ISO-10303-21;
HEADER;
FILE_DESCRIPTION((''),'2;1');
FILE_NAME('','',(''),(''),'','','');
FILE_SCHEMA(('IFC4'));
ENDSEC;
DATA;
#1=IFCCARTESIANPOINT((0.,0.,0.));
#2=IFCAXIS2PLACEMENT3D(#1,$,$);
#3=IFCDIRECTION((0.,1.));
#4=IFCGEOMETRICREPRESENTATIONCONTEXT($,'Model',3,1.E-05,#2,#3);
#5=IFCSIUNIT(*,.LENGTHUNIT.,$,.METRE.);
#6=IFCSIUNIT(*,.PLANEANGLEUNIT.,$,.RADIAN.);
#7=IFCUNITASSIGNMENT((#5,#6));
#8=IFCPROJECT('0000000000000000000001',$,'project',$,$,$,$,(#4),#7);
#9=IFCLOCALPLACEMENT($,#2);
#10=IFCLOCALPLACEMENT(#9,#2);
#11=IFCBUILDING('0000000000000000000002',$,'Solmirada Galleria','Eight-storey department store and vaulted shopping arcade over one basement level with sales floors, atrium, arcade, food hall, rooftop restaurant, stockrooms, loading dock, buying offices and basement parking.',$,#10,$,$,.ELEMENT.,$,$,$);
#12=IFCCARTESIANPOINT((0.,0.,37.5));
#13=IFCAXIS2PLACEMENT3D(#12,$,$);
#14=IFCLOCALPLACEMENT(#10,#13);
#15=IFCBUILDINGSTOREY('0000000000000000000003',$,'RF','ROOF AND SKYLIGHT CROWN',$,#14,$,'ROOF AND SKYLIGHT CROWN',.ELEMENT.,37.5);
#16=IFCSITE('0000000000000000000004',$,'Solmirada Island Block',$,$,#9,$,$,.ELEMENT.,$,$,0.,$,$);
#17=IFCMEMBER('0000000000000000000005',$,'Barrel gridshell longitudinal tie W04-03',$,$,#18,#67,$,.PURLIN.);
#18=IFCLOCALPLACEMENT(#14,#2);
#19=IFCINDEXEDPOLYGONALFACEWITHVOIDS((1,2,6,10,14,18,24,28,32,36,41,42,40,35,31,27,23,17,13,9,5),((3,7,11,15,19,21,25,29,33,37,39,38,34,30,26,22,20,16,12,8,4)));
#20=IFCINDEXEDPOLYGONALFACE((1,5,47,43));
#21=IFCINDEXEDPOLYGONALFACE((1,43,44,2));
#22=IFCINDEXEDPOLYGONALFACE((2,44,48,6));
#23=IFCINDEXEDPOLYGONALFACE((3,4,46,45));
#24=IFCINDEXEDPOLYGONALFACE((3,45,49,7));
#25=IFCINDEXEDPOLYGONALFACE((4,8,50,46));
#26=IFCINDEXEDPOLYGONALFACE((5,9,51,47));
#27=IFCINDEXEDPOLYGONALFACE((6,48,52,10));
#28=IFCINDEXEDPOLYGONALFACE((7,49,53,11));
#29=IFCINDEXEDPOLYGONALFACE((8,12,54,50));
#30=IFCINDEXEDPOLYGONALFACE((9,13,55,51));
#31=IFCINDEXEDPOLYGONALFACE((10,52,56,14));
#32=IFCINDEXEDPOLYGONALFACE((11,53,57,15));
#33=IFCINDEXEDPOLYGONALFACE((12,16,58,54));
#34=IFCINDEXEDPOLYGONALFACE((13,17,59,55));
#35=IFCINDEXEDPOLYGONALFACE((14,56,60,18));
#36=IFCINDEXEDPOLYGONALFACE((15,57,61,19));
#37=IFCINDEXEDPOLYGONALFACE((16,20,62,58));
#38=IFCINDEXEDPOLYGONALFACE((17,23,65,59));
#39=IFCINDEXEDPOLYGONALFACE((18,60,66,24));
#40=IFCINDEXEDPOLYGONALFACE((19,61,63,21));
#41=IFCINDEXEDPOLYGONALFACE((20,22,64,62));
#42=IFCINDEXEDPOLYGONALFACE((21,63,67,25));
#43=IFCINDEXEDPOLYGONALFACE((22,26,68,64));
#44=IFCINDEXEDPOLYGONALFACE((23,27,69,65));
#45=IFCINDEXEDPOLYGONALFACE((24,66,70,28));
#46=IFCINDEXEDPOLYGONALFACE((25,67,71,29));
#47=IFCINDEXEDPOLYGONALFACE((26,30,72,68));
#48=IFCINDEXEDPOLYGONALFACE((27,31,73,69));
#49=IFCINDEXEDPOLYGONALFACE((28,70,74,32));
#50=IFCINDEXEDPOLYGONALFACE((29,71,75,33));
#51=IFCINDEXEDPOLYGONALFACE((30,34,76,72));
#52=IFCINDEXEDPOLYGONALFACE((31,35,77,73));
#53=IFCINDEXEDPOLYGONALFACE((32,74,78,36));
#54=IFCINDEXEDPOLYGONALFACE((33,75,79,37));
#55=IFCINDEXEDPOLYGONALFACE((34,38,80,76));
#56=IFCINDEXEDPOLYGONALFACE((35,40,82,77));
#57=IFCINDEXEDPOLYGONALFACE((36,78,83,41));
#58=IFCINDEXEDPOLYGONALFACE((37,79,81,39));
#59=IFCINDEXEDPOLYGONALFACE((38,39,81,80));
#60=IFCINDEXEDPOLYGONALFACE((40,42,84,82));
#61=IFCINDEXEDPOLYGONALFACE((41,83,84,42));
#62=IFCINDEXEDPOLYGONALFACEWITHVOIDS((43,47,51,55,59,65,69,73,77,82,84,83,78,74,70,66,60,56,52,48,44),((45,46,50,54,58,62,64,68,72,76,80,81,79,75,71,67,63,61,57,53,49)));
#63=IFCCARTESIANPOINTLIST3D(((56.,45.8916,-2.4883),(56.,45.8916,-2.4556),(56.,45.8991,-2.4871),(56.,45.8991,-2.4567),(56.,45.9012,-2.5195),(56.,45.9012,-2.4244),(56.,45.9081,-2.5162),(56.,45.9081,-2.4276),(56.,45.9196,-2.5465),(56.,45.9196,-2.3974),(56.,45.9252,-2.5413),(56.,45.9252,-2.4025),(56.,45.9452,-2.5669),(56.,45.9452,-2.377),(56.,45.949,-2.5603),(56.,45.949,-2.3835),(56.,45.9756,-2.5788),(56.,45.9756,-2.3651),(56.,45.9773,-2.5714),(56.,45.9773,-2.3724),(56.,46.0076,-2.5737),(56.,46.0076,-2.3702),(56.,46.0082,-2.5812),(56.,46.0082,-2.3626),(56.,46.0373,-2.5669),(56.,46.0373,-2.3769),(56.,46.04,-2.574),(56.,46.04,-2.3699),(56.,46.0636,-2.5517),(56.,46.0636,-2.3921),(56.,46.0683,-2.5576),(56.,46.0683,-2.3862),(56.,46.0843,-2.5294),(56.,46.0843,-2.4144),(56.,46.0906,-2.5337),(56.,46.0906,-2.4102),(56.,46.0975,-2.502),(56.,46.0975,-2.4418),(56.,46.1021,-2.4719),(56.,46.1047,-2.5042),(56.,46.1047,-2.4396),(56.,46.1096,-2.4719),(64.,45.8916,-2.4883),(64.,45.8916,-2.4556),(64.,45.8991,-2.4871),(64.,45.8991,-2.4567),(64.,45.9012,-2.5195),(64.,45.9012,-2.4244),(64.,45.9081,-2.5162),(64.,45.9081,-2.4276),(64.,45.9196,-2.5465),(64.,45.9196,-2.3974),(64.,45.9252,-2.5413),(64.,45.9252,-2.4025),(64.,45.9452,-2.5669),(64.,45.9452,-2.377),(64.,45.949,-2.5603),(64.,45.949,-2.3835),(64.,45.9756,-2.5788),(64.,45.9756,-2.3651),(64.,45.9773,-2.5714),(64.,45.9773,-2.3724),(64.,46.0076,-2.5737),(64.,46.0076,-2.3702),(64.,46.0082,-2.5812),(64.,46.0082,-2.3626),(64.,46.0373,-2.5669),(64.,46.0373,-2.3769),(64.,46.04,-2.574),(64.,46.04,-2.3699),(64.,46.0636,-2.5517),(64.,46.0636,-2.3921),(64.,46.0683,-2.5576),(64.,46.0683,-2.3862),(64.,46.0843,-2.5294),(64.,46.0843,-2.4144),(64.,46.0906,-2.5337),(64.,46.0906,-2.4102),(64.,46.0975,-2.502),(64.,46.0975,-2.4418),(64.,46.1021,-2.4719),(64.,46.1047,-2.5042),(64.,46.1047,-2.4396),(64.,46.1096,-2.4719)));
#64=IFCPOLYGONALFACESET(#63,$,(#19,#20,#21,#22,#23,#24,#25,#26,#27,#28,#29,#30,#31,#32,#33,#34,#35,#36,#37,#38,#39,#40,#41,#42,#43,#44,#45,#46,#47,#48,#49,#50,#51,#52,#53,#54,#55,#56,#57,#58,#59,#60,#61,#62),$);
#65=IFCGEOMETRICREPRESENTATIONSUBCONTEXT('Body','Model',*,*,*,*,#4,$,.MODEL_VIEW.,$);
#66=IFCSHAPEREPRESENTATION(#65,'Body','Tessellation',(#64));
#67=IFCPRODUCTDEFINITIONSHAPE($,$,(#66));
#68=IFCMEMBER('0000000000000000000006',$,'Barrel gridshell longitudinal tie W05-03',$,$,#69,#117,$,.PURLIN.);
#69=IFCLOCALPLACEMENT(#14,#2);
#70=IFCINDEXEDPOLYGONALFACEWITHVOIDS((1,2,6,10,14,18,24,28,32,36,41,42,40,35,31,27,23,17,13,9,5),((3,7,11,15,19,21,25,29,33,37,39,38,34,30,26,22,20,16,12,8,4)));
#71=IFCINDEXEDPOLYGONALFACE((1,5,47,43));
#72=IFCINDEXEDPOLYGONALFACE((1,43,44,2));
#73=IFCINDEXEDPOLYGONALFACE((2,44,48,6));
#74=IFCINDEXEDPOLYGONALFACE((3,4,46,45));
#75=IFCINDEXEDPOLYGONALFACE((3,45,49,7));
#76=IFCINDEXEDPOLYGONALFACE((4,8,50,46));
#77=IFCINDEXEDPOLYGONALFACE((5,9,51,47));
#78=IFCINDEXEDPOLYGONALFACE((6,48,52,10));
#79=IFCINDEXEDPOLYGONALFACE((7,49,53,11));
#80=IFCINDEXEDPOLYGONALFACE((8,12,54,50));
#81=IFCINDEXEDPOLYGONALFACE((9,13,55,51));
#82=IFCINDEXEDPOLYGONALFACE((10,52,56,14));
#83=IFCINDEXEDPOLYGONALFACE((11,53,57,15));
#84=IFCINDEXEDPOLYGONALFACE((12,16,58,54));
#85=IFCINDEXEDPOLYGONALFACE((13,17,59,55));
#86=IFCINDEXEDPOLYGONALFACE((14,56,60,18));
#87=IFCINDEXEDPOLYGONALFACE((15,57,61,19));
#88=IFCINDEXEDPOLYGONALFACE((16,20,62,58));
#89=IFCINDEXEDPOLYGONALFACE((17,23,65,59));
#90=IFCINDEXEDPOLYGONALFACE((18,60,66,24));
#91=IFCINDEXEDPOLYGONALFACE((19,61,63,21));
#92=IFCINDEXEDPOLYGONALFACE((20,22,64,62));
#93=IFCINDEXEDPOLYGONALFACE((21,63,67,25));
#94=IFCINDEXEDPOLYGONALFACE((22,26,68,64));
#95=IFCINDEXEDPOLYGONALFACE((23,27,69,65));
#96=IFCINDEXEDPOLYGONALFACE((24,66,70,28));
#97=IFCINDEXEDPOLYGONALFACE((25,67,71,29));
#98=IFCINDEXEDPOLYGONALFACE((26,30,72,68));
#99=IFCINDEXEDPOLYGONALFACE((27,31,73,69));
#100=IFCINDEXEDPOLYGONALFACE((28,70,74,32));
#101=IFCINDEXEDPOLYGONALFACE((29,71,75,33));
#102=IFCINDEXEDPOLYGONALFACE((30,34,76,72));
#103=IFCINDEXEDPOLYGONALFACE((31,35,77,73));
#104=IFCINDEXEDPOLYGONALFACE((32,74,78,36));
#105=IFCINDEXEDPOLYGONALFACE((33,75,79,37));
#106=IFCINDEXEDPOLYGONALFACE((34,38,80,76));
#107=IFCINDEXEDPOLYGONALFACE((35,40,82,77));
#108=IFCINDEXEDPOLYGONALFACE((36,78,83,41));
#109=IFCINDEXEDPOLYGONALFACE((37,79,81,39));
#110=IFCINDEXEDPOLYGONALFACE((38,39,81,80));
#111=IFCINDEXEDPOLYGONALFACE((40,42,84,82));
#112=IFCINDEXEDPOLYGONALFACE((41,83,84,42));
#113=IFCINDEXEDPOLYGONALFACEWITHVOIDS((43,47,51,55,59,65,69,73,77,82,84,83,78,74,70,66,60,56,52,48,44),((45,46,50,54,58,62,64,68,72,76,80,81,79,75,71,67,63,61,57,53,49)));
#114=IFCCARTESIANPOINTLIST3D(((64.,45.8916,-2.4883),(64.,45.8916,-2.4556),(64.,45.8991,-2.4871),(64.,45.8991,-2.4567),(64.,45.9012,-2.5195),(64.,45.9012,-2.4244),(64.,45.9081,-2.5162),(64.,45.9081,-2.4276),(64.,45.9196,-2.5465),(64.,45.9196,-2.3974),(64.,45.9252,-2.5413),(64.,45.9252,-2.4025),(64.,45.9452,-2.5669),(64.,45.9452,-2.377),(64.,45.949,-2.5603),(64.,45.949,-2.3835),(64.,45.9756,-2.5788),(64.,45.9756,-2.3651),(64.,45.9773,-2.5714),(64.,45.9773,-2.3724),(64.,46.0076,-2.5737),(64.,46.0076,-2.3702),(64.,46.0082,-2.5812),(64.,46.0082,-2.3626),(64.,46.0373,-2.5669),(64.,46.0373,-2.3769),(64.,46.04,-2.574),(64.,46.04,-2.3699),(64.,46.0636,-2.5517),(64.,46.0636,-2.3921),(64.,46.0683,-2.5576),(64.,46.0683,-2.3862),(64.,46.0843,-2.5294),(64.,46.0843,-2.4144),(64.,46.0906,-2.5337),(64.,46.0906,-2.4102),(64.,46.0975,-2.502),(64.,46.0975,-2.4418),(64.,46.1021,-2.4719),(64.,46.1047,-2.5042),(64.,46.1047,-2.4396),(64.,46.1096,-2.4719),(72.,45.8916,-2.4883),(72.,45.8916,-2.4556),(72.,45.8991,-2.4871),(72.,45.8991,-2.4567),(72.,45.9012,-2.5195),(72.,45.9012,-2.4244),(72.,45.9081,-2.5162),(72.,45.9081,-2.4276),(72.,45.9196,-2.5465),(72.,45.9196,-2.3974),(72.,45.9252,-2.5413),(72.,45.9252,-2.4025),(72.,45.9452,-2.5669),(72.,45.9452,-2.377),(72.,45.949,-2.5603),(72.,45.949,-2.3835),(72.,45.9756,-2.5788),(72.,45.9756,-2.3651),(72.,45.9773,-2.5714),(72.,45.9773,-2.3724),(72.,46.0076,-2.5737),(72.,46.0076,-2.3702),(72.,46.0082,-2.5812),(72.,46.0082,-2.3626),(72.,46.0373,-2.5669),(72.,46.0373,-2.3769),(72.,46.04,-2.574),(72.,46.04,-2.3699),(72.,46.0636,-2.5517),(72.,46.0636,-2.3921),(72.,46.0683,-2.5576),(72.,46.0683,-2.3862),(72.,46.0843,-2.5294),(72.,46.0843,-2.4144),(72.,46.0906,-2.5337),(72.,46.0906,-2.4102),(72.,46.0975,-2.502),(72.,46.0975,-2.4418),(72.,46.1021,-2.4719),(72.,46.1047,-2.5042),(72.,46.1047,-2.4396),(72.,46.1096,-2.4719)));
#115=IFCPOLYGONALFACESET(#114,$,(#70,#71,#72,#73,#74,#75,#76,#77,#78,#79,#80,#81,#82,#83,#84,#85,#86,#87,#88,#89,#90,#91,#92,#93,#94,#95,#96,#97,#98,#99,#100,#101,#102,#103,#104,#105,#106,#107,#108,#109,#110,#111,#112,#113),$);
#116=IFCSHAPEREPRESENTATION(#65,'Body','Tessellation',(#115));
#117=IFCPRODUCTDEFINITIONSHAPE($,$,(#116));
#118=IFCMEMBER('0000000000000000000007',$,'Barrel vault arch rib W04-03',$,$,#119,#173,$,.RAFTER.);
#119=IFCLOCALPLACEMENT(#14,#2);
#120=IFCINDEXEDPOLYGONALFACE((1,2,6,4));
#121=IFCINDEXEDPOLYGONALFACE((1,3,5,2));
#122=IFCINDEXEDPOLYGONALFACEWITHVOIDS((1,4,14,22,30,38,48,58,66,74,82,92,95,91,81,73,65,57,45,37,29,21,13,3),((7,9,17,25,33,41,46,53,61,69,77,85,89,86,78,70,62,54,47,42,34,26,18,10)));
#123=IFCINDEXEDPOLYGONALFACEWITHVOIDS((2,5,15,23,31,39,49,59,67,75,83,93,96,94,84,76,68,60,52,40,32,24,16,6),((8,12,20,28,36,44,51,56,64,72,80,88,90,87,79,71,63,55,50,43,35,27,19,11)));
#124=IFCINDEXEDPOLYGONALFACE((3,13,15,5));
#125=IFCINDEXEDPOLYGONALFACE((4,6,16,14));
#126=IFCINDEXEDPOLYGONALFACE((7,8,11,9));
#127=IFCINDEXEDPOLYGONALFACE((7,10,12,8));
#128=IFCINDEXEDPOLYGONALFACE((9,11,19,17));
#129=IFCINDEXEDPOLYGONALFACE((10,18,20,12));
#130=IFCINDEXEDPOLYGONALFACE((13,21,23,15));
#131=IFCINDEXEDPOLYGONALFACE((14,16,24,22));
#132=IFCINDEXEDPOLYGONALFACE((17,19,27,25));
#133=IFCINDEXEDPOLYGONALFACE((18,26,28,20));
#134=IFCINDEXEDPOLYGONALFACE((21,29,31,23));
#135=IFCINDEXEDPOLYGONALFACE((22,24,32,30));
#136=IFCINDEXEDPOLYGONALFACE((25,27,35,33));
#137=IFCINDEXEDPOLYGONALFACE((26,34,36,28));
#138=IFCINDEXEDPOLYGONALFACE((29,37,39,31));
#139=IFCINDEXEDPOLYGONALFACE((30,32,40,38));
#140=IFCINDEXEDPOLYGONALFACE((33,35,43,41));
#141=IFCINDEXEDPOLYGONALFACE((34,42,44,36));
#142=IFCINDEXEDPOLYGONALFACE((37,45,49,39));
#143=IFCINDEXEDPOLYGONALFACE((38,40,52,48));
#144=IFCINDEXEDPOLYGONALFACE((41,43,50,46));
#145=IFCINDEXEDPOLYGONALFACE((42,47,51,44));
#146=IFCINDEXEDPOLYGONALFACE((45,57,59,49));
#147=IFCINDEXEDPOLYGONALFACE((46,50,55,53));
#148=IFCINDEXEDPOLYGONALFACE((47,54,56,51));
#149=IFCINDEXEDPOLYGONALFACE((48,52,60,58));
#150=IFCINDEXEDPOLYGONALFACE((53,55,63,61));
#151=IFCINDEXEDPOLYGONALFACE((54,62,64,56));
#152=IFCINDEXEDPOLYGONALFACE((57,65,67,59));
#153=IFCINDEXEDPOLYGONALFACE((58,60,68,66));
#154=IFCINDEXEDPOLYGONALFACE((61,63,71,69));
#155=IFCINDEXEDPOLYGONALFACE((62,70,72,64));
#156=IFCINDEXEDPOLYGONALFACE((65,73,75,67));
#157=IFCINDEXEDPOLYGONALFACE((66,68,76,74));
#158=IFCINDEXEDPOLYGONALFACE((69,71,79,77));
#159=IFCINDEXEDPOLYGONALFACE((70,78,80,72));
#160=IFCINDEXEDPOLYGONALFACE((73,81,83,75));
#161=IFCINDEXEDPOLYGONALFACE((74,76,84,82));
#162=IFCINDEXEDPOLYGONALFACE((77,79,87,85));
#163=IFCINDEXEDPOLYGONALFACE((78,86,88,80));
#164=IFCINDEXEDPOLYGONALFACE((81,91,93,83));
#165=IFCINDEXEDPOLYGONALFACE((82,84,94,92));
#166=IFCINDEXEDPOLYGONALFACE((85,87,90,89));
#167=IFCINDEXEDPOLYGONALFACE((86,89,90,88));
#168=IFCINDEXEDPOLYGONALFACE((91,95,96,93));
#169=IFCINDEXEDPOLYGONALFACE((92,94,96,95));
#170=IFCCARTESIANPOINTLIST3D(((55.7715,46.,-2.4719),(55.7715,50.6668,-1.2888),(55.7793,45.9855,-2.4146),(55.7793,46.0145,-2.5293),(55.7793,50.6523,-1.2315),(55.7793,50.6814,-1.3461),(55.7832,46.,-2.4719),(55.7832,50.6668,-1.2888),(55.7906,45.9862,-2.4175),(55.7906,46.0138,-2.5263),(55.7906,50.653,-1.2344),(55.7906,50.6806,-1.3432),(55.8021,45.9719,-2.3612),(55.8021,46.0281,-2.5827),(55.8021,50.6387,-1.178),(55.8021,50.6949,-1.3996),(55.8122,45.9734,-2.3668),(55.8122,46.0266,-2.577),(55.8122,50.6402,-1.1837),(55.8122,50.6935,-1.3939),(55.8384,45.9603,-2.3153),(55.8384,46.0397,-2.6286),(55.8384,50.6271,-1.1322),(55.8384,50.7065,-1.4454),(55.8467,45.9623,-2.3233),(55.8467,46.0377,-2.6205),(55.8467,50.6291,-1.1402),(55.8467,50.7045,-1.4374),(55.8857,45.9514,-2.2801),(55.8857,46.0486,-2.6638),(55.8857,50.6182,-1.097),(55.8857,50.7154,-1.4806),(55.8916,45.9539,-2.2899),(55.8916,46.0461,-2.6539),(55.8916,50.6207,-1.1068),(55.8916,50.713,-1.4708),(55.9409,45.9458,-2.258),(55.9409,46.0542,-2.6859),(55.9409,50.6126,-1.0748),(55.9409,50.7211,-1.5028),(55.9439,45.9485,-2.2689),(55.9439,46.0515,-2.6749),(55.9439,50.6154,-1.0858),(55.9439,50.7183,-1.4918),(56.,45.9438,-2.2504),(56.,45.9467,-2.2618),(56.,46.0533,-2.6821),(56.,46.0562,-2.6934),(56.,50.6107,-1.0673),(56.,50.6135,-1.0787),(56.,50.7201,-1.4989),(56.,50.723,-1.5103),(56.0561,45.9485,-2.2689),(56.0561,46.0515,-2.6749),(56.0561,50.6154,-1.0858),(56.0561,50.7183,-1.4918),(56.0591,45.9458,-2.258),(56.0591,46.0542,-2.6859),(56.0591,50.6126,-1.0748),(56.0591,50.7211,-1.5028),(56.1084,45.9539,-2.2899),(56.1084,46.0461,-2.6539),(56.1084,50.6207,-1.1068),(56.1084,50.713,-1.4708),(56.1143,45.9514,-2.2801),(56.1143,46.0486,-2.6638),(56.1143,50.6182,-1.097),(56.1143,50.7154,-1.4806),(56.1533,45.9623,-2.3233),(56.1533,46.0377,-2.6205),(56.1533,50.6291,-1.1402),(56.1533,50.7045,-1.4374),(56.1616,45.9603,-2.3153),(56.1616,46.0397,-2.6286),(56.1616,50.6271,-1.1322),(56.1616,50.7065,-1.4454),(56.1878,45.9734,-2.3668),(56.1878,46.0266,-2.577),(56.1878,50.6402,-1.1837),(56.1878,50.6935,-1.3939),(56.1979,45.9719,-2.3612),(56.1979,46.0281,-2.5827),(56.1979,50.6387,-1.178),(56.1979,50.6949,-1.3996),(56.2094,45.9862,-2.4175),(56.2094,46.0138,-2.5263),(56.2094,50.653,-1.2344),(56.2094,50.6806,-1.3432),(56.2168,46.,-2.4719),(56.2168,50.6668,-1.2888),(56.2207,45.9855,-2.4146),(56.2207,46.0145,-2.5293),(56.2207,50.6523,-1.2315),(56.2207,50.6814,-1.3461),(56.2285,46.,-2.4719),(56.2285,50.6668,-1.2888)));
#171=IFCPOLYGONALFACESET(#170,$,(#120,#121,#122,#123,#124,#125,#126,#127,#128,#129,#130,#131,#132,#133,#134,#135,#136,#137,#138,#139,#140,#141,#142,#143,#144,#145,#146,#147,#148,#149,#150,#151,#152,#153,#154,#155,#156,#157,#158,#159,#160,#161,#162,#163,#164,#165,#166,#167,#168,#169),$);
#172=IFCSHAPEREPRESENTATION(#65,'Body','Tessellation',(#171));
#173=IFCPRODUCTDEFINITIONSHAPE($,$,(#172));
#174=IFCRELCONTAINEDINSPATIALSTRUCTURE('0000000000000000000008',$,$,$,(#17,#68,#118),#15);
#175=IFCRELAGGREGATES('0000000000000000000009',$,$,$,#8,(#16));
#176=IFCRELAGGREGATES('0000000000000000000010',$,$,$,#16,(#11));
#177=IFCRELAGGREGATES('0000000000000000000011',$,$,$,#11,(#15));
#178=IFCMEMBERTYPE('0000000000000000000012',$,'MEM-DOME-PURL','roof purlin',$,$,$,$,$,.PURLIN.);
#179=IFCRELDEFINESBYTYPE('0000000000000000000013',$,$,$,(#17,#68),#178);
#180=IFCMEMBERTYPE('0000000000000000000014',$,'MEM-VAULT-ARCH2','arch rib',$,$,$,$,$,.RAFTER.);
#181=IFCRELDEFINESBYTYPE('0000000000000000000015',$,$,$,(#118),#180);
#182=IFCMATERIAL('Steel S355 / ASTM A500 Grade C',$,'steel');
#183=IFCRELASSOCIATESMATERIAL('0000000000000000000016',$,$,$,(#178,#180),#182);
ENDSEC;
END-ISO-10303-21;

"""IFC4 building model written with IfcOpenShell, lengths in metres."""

from ifc_helpers import new_model, si_unit, direction, frame, origin, origin_2d, place, context, subcontext, project, spatial, hollow_circle, extrude, material, material_profile, profile_set, type_object, element, save


model = new_model("IFC4")

# Units and contexts
model_context = context("Model", 3, precision=1e-05, world=origin(), true_north=direction((0.0, 1.0)))
body_context = subcontext(model_context, "Body", "Model", "MODEL_VIEW")
ifc_project = project(units=[si_unit("LENGTHUNIT", "METRE"), si_unit("PLANEANGLEUNIT", "RADIAN")], contexts=[model_context])

# Site, building, storey
site_placement = place(None, origin())
site = spatial("IfcSite", under=ifc_project, at=site_placement, Name="Solmirada Island Block", CompositionType="ELEMENT", RefElevation=0.0)
building_placement = place(site_placement, origin())
building = spatial("IfcBuilding", under=site, at=building_placement, Name="Solmirada Galleria", Description="Eight-storey department store and vaulted shopping arcade over one basement level with sales floors, atrium, arcade, food hall, rooftop restaurant, stockrooms, loading dock, buying offices and basement parking.", CompositionType="ELEMENT")
storey_placement = place(building_placement, frame((0.0, 0.0, 37.5)))
storey = spatial("IfcBuildingStorey", under=building, at=storey_placement, Name="RF", Description="ROOF AND SKYLIGHT CROWN", LongName="ROOF AND SKYLIGHT CROWN", CompositionType="ELEMENT", Elevation=37.5)

# Members
ifc_material_1 = material(Name="Steel S355 / ASTM A500 Grade C", Category="steel")
ifc_material_profile_1 = material_profile(ifc_material_1, hollow_circle(Radius=0.1096, WallThickness=0.0076, at=origin_2d()), Name="HSS8.625X0.322")
ifc_profile_set_1 = profile_set([ifc_material_profile_1], Name="Steel S355 / ASTM A500 Grade C")
member_type_1 = type_object("IfcMemberType", Name="MEM-DOME-PURL", Description="roof purlin", PredefinedType="PURLIN", material=ifc_profile_set_1)
for number, where, z_axis, x_axis, name in (
    (1, (56.0, 46.0, -2.4719), (1.0, 0.0, 0.0), (0.0, 1.0, 0.0), "Barrel gridshell longitudinal tie W04-03"),
    (2, (64.0, 46.0, -2.4719), (1.0, 0.0, 0.0), (0.0, 1.0, 0.0), "Barrel gridshell longitudinal tie W05-03"),
):
    element("IfcMember", number, at=place(storey_placement, frame(where, z_axis=z_axis, x_axis=x_axis)), inside=storey, type_object=member_type_1, Name=name, PredefinedType="PURLIN", context=body_context, shape_type="SweptSolid", body=[
        extrude(hollow_circle(Radius=0.1096, WallThickness=0.0076, at=origin_2d()), origin(), (0.0, 0.0, 1.0), 8.0),
    ])
ifc_material_profile_2 = material_profile(ifc_material_1, hollow_circle(Radius=0.2285, WallThickness=0.0117, at=origin_2d()), Name="HSS18.000X0.500")
ifc_profile_set_2 = profile_set([ifc_material_profile_2], Name="Steel S355 / ASTM A500 Grade C")
member_type_2 = type_object("IfcMemberType", Name="MEM-VAULT-ARCH2", Description="arch rib", PredefinedType="RAFTER", material=ifc_profile_set_2)
member_1_placement = place(storey_placement, frame((56.0, 46.0, -2.4719), z_axis=(0.0, 0.969335, 0.245744), x_axis=(-1.0, 0.0, 0.0)))
element("IfcMember", 3, at=member_1_placement, inside=storey, type_object=member_type_2, Name="Barrel vault arch rib W04-03", PredefinedType="RAFTER", context=body_context, shape_type="SweptSolid", body=[
    extrude(hollow_circle(Radius=0.2285, WallThickness=0.0117, at=origin_2d()), origin(), (0.0, 0.0, 1.0), 4.8145),
])

save(model, "model.ifc")
